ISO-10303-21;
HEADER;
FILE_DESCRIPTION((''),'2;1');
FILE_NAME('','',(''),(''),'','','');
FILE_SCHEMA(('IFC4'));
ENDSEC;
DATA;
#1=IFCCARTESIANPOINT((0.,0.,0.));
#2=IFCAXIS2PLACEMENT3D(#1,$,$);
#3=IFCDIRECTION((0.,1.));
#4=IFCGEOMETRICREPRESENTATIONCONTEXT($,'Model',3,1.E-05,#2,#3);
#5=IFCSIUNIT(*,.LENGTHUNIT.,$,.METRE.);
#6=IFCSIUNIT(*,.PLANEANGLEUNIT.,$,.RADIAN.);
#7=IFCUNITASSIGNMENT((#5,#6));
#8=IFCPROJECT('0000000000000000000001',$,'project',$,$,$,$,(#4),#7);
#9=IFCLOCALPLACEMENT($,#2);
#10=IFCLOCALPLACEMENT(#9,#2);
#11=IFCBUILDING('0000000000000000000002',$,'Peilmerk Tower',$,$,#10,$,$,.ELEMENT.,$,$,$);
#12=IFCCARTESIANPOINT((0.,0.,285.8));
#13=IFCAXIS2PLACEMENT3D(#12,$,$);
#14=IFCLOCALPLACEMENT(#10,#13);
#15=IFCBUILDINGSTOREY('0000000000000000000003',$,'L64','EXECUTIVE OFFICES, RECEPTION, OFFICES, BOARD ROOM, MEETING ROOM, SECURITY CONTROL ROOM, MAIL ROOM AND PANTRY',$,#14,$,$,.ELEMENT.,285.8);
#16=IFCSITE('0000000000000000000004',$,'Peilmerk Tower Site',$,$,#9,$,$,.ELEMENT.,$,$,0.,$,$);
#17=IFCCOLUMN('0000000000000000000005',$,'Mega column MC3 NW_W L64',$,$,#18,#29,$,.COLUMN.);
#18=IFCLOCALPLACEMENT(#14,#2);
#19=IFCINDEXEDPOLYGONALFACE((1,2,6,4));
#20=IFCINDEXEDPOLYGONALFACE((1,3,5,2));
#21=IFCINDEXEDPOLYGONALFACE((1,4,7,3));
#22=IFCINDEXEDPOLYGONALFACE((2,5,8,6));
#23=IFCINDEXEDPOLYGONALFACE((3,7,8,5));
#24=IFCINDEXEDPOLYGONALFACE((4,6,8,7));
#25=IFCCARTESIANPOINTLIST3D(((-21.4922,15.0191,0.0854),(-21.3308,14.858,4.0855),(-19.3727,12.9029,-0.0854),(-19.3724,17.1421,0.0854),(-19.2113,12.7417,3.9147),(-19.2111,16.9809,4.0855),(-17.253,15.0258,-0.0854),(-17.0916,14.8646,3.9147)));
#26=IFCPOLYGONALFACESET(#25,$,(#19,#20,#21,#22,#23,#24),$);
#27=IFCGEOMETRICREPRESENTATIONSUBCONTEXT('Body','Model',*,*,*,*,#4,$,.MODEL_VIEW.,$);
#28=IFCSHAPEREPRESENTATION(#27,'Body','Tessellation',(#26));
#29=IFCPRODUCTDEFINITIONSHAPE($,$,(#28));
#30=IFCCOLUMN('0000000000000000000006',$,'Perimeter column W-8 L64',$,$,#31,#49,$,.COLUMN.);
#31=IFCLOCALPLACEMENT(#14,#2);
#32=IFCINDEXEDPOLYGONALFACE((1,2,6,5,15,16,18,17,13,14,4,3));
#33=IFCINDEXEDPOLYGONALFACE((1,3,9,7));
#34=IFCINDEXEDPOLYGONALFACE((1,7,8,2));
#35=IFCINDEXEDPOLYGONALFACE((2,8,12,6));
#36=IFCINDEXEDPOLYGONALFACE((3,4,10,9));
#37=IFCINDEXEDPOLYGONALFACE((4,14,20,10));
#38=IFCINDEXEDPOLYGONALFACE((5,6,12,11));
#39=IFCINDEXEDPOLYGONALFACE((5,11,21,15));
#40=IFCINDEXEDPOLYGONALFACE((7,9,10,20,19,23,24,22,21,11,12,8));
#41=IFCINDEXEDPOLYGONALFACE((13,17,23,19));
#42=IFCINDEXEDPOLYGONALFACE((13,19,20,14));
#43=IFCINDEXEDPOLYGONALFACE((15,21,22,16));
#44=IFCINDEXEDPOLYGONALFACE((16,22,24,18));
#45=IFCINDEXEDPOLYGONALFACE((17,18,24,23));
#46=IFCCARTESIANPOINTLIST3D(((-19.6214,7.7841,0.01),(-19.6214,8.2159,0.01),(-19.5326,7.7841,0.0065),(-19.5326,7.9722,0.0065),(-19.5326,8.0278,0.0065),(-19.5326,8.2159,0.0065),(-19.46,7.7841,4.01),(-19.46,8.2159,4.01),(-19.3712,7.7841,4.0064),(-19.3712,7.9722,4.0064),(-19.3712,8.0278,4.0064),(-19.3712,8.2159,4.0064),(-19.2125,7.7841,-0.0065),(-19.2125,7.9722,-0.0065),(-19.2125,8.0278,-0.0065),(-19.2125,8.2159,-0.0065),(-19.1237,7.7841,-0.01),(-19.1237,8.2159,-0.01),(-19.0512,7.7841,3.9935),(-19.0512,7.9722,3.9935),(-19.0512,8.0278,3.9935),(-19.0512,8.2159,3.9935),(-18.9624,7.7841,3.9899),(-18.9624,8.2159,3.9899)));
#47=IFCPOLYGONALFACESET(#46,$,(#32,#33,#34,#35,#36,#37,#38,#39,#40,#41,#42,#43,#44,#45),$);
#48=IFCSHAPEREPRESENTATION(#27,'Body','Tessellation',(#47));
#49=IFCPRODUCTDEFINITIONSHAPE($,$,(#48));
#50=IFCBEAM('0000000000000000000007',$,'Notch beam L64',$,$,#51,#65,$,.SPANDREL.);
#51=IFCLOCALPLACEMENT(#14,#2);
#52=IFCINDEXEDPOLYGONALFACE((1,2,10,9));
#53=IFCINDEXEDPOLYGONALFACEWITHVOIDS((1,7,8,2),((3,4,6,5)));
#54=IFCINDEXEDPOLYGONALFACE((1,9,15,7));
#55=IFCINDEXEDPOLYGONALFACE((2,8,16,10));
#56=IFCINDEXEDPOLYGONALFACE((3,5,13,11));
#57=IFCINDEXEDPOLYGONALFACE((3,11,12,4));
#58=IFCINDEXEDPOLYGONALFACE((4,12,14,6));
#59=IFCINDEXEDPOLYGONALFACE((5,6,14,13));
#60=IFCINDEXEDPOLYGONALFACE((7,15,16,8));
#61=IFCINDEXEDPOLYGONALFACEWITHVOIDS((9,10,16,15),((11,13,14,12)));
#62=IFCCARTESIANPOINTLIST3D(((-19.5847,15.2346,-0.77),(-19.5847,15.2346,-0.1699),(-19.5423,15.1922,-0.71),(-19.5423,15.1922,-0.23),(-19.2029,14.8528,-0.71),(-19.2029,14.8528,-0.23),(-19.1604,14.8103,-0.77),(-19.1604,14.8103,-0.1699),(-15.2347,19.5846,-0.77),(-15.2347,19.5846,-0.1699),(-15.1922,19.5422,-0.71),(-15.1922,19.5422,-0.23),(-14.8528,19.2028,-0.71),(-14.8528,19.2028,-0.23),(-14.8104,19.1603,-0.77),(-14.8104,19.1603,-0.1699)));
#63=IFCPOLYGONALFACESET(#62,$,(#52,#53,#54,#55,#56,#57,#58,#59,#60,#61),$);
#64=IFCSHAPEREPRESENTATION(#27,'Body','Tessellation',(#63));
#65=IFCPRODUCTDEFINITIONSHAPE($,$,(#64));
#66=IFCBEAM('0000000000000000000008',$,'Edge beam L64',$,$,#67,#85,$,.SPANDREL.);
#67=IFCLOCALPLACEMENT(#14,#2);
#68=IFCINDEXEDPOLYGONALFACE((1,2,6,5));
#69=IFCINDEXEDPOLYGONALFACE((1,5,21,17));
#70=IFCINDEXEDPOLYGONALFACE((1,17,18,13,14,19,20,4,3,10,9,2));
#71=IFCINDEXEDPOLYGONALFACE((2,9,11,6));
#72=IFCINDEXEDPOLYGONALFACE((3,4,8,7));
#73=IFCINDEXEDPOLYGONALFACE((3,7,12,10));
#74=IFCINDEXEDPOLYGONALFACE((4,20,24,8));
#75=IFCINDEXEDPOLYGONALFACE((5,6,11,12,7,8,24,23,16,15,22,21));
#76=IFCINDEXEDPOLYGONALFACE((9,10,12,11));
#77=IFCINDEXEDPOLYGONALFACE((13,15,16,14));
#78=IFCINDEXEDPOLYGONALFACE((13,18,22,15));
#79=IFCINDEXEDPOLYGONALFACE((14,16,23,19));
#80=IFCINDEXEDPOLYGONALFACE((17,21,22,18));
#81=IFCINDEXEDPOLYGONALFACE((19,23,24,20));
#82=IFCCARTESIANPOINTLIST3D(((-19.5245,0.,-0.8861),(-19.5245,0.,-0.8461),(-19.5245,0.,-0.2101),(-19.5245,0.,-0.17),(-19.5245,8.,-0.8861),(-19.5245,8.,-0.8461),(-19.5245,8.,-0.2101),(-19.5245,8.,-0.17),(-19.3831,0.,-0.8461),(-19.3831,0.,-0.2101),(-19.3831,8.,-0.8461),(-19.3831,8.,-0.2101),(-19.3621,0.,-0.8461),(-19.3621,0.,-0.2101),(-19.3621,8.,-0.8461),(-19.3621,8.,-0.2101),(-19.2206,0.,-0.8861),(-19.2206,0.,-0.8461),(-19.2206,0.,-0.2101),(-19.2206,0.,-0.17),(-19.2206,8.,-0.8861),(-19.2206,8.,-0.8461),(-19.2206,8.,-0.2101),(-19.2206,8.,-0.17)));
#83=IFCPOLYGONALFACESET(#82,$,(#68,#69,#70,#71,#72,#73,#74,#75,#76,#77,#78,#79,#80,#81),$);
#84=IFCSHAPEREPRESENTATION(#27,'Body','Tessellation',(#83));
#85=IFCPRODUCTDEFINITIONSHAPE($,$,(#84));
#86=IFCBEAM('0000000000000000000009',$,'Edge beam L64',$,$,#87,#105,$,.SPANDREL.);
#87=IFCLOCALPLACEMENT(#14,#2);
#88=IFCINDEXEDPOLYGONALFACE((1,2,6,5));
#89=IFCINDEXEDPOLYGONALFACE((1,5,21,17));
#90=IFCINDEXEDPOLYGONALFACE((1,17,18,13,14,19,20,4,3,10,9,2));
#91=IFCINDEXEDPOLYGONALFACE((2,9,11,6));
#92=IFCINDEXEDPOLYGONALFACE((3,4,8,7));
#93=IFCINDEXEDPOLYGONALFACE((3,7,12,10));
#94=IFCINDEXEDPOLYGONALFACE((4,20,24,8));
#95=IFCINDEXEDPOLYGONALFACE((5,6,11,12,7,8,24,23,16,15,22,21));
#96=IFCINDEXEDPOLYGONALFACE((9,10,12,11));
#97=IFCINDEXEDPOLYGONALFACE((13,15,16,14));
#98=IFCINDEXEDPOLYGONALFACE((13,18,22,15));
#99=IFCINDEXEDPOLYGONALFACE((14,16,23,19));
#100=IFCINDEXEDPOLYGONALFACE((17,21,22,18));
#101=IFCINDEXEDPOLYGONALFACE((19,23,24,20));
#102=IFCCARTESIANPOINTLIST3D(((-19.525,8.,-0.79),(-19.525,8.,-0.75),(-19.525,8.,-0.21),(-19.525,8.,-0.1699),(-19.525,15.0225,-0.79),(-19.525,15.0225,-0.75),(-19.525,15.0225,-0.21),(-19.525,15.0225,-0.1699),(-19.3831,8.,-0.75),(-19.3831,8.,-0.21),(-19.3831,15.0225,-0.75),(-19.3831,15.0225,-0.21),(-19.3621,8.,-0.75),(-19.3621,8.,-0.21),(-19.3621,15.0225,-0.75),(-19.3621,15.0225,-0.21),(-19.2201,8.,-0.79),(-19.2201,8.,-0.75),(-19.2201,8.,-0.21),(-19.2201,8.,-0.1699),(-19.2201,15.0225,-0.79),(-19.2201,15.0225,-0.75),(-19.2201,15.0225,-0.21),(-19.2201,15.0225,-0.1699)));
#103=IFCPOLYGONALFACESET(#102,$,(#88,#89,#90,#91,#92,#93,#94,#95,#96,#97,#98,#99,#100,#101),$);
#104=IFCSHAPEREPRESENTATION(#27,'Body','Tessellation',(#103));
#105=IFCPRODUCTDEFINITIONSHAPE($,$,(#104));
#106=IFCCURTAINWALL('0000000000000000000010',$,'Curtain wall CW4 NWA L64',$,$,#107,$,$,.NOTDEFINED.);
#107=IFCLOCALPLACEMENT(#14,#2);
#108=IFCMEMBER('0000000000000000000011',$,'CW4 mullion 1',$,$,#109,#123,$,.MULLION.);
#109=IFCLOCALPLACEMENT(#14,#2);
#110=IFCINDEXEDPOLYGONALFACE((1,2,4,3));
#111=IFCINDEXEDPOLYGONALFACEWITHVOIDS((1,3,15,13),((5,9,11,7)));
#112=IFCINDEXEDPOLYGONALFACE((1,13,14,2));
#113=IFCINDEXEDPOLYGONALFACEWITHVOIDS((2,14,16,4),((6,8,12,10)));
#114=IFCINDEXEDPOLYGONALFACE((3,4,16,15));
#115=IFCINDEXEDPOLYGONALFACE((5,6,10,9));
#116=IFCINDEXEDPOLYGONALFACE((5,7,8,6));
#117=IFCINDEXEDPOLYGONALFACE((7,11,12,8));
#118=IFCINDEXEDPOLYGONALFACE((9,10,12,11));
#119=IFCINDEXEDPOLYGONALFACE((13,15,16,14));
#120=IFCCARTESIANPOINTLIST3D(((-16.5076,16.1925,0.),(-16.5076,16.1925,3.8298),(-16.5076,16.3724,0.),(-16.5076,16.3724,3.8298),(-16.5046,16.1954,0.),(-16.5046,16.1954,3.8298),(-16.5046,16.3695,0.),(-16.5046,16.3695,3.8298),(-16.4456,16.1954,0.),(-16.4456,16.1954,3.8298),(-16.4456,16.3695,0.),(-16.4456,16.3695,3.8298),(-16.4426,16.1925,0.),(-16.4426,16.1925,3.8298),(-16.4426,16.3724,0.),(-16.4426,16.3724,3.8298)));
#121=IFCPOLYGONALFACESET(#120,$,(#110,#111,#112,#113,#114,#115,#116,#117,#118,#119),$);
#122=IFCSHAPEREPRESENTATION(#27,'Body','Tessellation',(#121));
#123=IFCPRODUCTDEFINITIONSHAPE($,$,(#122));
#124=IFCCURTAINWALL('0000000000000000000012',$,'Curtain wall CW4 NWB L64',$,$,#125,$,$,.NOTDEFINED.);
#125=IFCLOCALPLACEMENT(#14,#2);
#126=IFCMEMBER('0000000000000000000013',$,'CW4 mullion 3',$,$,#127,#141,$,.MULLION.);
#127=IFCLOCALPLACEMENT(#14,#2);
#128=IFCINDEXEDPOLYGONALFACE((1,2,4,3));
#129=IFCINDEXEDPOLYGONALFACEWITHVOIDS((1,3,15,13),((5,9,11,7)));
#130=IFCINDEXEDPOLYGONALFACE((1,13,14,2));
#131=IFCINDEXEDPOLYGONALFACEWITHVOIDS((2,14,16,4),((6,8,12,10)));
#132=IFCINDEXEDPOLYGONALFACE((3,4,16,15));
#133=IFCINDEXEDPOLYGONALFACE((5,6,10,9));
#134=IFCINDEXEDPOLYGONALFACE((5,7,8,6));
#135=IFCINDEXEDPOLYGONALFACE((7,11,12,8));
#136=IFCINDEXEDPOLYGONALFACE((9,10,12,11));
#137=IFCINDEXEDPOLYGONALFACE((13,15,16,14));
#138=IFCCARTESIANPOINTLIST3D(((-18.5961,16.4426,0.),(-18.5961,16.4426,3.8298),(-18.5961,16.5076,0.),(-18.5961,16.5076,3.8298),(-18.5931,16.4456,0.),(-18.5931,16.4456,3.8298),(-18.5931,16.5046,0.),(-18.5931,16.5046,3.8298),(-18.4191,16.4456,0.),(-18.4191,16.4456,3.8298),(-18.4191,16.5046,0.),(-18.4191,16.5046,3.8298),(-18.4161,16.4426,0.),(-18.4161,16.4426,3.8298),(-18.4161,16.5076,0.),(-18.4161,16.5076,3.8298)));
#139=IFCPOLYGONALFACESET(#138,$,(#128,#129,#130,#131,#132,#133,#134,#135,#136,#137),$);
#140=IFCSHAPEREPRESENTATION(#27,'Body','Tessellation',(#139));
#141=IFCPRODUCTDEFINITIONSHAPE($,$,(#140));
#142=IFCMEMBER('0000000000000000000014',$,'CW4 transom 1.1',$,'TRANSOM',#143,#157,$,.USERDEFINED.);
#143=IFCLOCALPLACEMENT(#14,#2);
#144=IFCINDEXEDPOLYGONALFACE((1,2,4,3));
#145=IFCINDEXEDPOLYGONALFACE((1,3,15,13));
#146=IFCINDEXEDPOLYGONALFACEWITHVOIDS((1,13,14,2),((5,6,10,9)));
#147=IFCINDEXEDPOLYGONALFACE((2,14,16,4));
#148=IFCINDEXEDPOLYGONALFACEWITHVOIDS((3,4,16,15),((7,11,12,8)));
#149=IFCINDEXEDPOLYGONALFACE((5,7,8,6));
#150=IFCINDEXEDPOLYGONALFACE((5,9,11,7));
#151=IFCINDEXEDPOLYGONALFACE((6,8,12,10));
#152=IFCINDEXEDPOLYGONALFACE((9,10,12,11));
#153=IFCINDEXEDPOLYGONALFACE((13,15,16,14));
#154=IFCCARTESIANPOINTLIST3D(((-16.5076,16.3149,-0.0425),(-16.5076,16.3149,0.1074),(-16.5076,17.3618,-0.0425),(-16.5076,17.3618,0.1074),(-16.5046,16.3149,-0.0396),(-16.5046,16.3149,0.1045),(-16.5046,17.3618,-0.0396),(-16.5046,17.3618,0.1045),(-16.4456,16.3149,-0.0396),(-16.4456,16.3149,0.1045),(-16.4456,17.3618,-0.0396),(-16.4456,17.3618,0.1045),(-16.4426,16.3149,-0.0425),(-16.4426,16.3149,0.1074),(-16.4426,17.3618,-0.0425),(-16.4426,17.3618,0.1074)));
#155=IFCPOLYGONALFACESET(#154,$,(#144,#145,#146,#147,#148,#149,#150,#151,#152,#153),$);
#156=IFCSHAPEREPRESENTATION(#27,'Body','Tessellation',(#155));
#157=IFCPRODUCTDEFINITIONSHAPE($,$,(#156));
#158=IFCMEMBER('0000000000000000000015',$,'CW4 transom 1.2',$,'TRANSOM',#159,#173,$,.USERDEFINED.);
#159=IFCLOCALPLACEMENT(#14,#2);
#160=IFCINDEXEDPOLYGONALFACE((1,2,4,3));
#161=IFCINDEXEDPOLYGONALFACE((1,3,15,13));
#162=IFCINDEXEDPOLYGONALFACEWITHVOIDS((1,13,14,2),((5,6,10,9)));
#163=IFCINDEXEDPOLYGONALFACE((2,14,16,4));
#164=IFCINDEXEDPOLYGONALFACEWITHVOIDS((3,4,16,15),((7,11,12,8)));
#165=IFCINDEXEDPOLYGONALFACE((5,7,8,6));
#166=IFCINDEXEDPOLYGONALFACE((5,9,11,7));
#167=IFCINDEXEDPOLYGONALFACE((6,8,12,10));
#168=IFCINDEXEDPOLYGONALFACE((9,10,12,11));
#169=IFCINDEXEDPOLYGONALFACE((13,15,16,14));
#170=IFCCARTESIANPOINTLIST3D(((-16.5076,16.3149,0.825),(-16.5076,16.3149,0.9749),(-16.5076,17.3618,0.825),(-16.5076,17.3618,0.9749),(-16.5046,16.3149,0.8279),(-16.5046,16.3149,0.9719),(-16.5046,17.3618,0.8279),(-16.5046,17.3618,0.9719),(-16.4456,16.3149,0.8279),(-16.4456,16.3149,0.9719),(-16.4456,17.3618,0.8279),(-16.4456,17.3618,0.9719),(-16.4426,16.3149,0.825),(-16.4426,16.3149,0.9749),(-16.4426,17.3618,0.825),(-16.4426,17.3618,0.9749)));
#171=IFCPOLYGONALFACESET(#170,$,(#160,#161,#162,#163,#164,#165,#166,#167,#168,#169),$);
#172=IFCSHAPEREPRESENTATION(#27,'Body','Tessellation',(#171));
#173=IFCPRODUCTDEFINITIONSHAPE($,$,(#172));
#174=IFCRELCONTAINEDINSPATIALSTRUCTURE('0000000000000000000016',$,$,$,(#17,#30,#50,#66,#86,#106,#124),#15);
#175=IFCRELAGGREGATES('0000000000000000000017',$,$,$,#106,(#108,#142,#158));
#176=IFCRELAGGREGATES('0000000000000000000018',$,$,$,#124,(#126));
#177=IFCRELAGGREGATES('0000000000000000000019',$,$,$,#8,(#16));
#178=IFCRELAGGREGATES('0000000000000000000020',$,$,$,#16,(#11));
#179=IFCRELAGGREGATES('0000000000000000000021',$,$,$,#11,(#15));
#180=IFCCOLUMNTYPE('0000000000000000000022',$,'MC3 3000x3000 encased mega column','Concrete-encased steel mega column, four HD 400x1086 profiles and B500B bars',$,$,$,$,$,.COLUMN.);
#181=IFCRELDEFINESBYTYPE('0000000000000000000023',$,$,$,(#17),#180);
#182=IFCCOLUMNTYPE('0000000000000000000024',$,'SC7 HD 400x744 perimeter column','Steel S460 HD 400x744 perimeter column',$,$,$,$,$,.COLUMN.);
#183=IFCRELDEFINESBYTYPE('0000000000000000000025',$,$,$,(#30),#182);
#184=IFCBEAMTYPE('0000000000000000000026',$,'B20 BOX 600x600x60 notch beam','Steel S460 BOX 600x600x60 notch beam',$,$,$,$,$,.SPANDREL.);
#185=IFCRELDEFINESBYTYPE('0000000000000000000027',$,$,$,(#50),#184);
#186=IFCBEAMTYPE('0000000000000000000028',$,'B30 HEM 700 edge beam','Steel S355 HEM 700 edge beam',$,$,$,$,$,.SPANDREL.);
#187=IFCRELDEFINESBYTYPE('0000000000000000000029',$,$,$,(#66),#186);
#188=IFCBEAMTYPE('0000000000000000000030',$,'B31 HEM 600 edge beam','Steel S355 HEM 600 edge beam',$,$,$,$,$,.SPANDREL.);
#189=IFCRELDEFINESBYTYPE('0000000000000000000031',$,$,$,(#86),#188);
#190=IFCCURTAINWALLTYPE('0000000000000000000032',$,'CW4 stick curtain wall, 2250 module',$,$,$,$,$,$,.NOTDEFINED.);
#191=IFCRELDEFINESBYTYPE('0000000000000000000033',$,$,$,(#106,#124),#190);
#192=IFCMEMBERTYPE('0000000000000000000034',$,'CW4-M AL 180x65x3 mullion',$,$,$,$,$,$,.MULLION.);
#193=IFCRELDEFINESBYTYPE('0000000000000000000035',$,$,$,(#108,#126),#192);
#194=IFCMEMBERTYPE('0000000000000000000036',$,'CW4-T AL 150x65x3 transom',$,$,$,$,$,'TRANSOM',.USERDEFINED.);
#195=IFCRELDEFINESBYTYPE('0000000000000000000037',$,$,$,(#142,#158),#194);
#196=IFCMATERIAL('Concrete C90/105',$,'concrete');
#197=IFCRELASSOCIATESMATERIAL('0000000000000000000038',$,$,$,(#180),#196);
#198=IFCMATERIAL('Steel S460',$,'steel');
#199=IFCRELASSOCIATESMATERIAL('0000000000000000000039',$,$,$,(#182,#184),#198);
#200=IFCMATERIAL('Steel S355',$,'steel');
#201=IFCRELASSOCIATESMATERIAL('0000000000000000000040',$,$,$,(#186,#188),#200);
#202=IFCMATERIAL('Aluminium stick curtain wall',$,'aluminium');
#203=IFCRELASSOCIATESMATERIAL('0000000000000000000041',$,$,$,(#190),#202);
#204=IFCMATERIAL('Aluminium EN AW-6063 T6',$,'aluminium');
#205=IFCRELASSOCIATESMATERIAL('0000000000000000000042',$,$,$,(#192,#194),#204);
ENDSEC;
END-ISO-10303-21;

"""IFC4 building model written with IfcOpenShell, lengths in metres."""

from ifc_helpers import new_model, si_unit, direction, frame, origin, origin_2d, place, context, subcontext, project, spatial, rectangle, hollow_rectangle, i_section, extrude, material, material_profile, profile_set, type_object, element, aggregate, save


model = new_model("IFC4")

# Units and contexts
model_context = context("Model", 3, precision=1e-05, world=origin(), true_north=direction((0.0, 1.0)))
body_context = subcontext(model_context, "Body", "Model", "MODEL_VIEW")
ifc_project = project(units=[si_unit("LENGTHUNIT", "METRE"), si_unit("PLANEANGLEUNIT", "RADIAN")], contexts=[model_context])

# Site, building, storey
site_placement = place(None, origin())
site = spatial("IfcSite", under=ifc_project, at=site_placement, Name="Peilmerk Tower Site", CompositionType="ELEMENT", RefElevation=0.0)
building_placement = place(site_placement, origin())
building = spatial("IfcBuilding", under=site, at=building_placement, Name="Peilmerk Tower", CompositionType="ELEMENT")
storey_placement = place(building_placement, frame((0.0, 0.0, 285.8)))
storey = spatial("IfcBuildingStorey", under=building, at=storey_placement, Name="L64", Description="EXECUTIVE OFFICES, RECEPTION, OFFICES, BOARD ROOM, MEETING ROOM, SECURITY CONTROL ROOM, MAIL ROOM AND PANTRY", CompositionType="ELEMENT", Elevation=285.8)

# Columns
ifc_material_1 = material(Name="Concrete C90/105", Category="concrete")
ifc_material_profile_1 = material_profile(ifc_material_1, rectangle(XDim=3.0, YDim=3.0, at=origin_2d()), Name="RC 3000x3000")
ifc_profile_set_1 = profile_set([ifc_material_profile_1], Name="Concrete C90/105")
column_type_1 = type_object("IfcColumnType", Name="MC3 3000x3000 encased mega column", Description="Concrete-encased steel mega column, four HD 400x1086 profiles and B500B bars", PredefinedType="COLUMN", material=ifc_profile_set_1)
column_1_placement = place(storey_placement, frame((-19.3726, 15.0225, 0.0), z_axis=(0.040279, -0.040218, 0.998379), x_axis=(0.706571, 0.707642, 0.0)))
element("IfcColumn", 1, at=column_1_placement, inside=storey, type_object=column_type_1, Name="Mega column MC3 NW_W L64", PredefinedType="COLUMN", context=body_context, shape_type="SweptSolid", body=[
    extrude(rectangle(XDim=3.0, YDim=3.0, at=origin_2d()), origin(), (0.0, 0.0, 1.0), 4.0066),
])
ifc_material_2 = material(Name="Steel S460", Category="steel")
ifc_material_profile_2 = material_profile(ifc_material_2, i_section(OverallWidth=0.4319, OverallDepth=0.498, WebThickness=0.0557, FlangeThickness=0.0889, at=origin_2d()), Name="HD 400x744")
ifc_profile_set_2 = profile_set([ifc_material_profile_2], Name="Steel S460")
column_type_2 = type_object("IfcColumnType", Name="SC7 HD 400x744 perimeter column", Description="Steel S460 HD 400x744 perimeter column", PredefinedType="COLUMN", material=ifc_profile_set_2)
column_2_placement = place(storey_placement, frame((-19.3726, 8.0, 0.0), z_axis=(0.040311, 0.0, 0.999187), x_axis=(0.0, 1.0, 0.0)))
element("IfcColumn", 2, at=column_2_placement, inside=storey, type_object=column_type_2, Name="Perimeter column W-8 L64", PredefinedType="COLUMN", context=body_context, shape_type="SweptSolid", body=[
    extrude(i_section(OverallWidth=0.4319, OverallDepth=0.498, WebThickness=0.0557, FlangeThickness=0.0889, at=origin_2d()), origin(), (0.0, 0.0, 1.0), 4.0032),
])

# Beams
ifc_material_profile_3 = material_profile(ifc_material_2, hollow_rectangle(XDim=0.6001, YDim=0.6001, WallThickness=0.0601, at=origin_2d()), Name="BOX 600x600x60")
ifc_profile_set_3 = profile_set([ifc_material_profile_3], Name="Steel S460")
beam_type_1 = type_object("IfcBeamType", Name="B20 BOX 600x600x60 notch beam", Description="Steel S460 BOX 600x600x60 notch beam", PredefinedType="SPANDREL", material=ifc_profile_set_3)
beam_1_placement = place(storey_placement, frame((-19.3726, 15.0225, -0.47), z_axis=(0.707107, 0.707107, 0.0), x_axis=(-0.707107, 0.707107, 0.0)))
element("IfcBeam", 3, at=beam_1_placement, inside=storey, type_object=beam_type_1, Name="Notch beam L64", PredefinedType="SPANDREL", context=body_context, shape_type="SweptSolid", body=[
    extrude(hollow_rectangle(XDim=0.6001, YDim=0.6001, WallThickness=0.0601, at=origin_2d()), origin(), (0.0, 0.0, 1.0), 6.1519),
])
ifc_material_3 = material(Name="Steel S355", Category="steel")
ifc_material_profile_4 = material_profile(ifc_material_3, i_section(OverallWidth=0.304, OverallDepth=0.7161, WebThickness=0.021, FlangeThickness=0.04, at=origin_2d()), Name="HEM 700")
ifc_profile_set_4 = profile_set([ifc_material_profile_4], Name="Steel S355")
beam_type_2 = type_object("IfcBeamType", Name="B30 HEM 700 edge beam", Description="Steel S355 HEM 700 edge beam", PredefinedType="SPANDREL", material=ifc_profile_set_4)
beam_2_placement = place(storey_placement, frame((-19.3726, 8.0, -0.5281), z_axis=(0.0, -1.0, 0.0), x_axis=(1.0, 0.0, 0.0)))
element("IfcBeam", 4, at=beam_2_placement, inside=storey, type_object=beam_type_2, Name="Edge beam L64", PredefinedType="SPANDREL", context=body_context, shape_type="SweptSolid", body=[
    extrude(i_section(OverallWidth=0.304, OverallDepth=0.7161, WebThickness=0.021, FlangeThickness=0.04, at=origin_2d()), origin(), (0.0, 0.0, 1.0), 8.0),
])
ifc_material_profile_5 = material_profile(ifc_material_3, i_section(OverallWidth=0.3049, OverallDepth=0.6201, WebThickness=0.021, FlangeThickness=0.04, at=origin_2d()), Name="HEM 600")
ifc_profile_set_5 = profile_set([ifc_material_profile_5], Name="Steel S355")
beam_type_3 = type_object("IfcBeamType", Name="B31 HEM 600 edge beam", Description="Steel S355 HEM 600 edge beam", PredefinedType="SPANDREL", material=ifc_profile_set_5)
beam_3_placement = place(storey_placement, frame((-19.3726, 15.0225, -0.48), z_axis=(0.0, -1.0, 0.0), x_axis=(1.0, 0.0, 0.0)))
element("IfcBeam", 5, at=beam_3_placement, inside=storey, type_object=beam_type_3, Name="Edge beam L64", PredefinedType="SPANDREL", context=body_context, shape_type="SweptSolid", body=[
    extrude(i_section(OverallWidth=0.3049, OverallDepth=0.6201, WebThickness=0.021, FlangeThickness=0.04, at=origin_2d()), origin(), (0.0, 0.0, 1.0), 7.0225),
])

# Curtain walls, members
ifc_material_4 = material(Name="Aluminium stick curtain wall", Category="aluminium")
curtain_wall_type = type_object("IfcCurtainWallType", Name="CW4 stick curtain wall, 2250 module", PredefinedType="NOTDEFINED", material=ifc_material_4)
curtain_wall_1_placement = place(storey_placement, origin())
curtain_wall_1 = element("IfcCurtainWall", 6, at=curtain_wall_1_placement, inside=storey, type_object=curtain_wall_type, Name="Curtain wall CW4 NWA L64", PredefinedType="NOTDEFINED")
ifc_material_5 = material(Name="Aluminium EN AW-6063 T6", Category="aluminium")
ifc_material_profile_6 = material_profile(ifc_material_5, hollow_rectangle(XDim=0.0649, YDim=0.1799, WallThickness=0.0029, at=origin_2d()), Name="AL 180x65x3")
ifc_profile_set_6 = profile_set([ifc_material_profile_6], Name="Aluminium EN AW-6063 T6")
member_type_1 = type_object("IfcMemberType", Name="CW4-M AL 180x65x3 mullion", PredefinedType="MULLION", material=ifc_profile_set_6)
member_1_placement = place(storey_placement, frame((-16.4751, 16.2825, 0.0), z_axis=(0.0, 0.0, 1.0), x_axis=(-1.0, 0.0, 0.0)))
member_1 = element("IfcMember", 7, at=member_1_placement, type_object=member_type_1, Name="CW4 mullion 1", PredefinedType="MULLION", context=body_context, shape_type="SweptSolid", body=[
    extrude(hollow_rectangle(XDim=0.0649, YDim=0.1799, WallThickness=0.0029, at=origin_2d()), origin(), (0.0, 0.0, 1.0), 3.8298),
])
curtain_wall_2_placement = place(storey_placement, origin())
curtain_wall_2 = element("IfcCurtainWall", 8, at=curtain_wall_2_placement, inside=storey, type_object=curtain_wall_type, Name="Curtain wall CW4 NWB L64", PredefinedType="NOTDEFINED")
member_2_placement = place(storey_placement, frame((-18.5061, 16.4751, 0.0), z_axis=(0.0, 0.0, 1.0), x_axis=(0.0, -1.0, 0.0)))
member_2 = element("IfcMember", 9, at=member_2_placement, type_object=member_type_1, Name="CW4 mullion 3", PredefinedType="MULLION", context=body_context, shape_type="SweptSolid", body=[
    extrude(hollow_rectangle(XDim=0.0649, YDim=0.1799, WallThickness=0.0029, at=origin_2d()), origin(), (0.0, 0.0, 1.0), 3.8298),
])

# Members
ifc_material_profile_7 = material_profile(ifc_material_5, hollow_rectangle(XDim=0.0649, YDim=0.1499, WallThickness=0.0029, at=origin_2d()), Name="AL 150x65x3")
ifc_profile_set_7 = profile_set([ifc_material_profile_7], Name="Aluminium EN AW-6063 T6")
member_type_2 = type_object("IfcMemberType", Name="CW4-T AL 150x65x3 transom", ElementType="TRANSOM", PredefinedType="USERDEFINED", material=ifc_profile_set_7)
member_3_placement = place(storey_placement, frame((-16.4751, 16.3149, 0.0325), z_axis=(0.0, 1.0, 0.0), x_axis=(-1.0, 0.0, 0.0)))
member_3 = element("IfcMember", 10, at=member_3_placement, type_object=member_type_2, Name="CW4 transom 1.1", ObjectType="TRANSOM", PredefinedType="USERDEFINED", context=body_context, shape_type="SweptSolid", body=[
    extrude(hollow_rectangle(XDim=0.0649, YDim=0.1499, WallThickness=0.0029, at=origin_2d()), origin(), (0.0, 0.0, 1.0), 1.0469),
])
member_4_placement = place(storey_placement, frame((-16.4751, 16.3149, 0.8999), z_axis=(0.0, 1.0, 0.0), x_axis=(-1.0, 0.0, 0.0)))
member_4 = element("IfcMember", 11, at=member_4_placement, type_object=member_type_2, Name="CW4 transom 1.2", ObjectType="TRANSOM", PredefinedType="USERDEFINED", context=body_context, shape_type="SweptSolid", body=[
    extrude(hollow_rectangle(XDim=0.0649, YDim=0.1499, WallThickness=0.0029, at=origin_2d()), origin(), (0.0, 0.0, 1.0), 1.0469),
])
aggregate(curtain_wall_1, [member_1, member_3, member_4])

aggregate(curtain_wall_2, [member_2])

save(model, "model.ifc")
